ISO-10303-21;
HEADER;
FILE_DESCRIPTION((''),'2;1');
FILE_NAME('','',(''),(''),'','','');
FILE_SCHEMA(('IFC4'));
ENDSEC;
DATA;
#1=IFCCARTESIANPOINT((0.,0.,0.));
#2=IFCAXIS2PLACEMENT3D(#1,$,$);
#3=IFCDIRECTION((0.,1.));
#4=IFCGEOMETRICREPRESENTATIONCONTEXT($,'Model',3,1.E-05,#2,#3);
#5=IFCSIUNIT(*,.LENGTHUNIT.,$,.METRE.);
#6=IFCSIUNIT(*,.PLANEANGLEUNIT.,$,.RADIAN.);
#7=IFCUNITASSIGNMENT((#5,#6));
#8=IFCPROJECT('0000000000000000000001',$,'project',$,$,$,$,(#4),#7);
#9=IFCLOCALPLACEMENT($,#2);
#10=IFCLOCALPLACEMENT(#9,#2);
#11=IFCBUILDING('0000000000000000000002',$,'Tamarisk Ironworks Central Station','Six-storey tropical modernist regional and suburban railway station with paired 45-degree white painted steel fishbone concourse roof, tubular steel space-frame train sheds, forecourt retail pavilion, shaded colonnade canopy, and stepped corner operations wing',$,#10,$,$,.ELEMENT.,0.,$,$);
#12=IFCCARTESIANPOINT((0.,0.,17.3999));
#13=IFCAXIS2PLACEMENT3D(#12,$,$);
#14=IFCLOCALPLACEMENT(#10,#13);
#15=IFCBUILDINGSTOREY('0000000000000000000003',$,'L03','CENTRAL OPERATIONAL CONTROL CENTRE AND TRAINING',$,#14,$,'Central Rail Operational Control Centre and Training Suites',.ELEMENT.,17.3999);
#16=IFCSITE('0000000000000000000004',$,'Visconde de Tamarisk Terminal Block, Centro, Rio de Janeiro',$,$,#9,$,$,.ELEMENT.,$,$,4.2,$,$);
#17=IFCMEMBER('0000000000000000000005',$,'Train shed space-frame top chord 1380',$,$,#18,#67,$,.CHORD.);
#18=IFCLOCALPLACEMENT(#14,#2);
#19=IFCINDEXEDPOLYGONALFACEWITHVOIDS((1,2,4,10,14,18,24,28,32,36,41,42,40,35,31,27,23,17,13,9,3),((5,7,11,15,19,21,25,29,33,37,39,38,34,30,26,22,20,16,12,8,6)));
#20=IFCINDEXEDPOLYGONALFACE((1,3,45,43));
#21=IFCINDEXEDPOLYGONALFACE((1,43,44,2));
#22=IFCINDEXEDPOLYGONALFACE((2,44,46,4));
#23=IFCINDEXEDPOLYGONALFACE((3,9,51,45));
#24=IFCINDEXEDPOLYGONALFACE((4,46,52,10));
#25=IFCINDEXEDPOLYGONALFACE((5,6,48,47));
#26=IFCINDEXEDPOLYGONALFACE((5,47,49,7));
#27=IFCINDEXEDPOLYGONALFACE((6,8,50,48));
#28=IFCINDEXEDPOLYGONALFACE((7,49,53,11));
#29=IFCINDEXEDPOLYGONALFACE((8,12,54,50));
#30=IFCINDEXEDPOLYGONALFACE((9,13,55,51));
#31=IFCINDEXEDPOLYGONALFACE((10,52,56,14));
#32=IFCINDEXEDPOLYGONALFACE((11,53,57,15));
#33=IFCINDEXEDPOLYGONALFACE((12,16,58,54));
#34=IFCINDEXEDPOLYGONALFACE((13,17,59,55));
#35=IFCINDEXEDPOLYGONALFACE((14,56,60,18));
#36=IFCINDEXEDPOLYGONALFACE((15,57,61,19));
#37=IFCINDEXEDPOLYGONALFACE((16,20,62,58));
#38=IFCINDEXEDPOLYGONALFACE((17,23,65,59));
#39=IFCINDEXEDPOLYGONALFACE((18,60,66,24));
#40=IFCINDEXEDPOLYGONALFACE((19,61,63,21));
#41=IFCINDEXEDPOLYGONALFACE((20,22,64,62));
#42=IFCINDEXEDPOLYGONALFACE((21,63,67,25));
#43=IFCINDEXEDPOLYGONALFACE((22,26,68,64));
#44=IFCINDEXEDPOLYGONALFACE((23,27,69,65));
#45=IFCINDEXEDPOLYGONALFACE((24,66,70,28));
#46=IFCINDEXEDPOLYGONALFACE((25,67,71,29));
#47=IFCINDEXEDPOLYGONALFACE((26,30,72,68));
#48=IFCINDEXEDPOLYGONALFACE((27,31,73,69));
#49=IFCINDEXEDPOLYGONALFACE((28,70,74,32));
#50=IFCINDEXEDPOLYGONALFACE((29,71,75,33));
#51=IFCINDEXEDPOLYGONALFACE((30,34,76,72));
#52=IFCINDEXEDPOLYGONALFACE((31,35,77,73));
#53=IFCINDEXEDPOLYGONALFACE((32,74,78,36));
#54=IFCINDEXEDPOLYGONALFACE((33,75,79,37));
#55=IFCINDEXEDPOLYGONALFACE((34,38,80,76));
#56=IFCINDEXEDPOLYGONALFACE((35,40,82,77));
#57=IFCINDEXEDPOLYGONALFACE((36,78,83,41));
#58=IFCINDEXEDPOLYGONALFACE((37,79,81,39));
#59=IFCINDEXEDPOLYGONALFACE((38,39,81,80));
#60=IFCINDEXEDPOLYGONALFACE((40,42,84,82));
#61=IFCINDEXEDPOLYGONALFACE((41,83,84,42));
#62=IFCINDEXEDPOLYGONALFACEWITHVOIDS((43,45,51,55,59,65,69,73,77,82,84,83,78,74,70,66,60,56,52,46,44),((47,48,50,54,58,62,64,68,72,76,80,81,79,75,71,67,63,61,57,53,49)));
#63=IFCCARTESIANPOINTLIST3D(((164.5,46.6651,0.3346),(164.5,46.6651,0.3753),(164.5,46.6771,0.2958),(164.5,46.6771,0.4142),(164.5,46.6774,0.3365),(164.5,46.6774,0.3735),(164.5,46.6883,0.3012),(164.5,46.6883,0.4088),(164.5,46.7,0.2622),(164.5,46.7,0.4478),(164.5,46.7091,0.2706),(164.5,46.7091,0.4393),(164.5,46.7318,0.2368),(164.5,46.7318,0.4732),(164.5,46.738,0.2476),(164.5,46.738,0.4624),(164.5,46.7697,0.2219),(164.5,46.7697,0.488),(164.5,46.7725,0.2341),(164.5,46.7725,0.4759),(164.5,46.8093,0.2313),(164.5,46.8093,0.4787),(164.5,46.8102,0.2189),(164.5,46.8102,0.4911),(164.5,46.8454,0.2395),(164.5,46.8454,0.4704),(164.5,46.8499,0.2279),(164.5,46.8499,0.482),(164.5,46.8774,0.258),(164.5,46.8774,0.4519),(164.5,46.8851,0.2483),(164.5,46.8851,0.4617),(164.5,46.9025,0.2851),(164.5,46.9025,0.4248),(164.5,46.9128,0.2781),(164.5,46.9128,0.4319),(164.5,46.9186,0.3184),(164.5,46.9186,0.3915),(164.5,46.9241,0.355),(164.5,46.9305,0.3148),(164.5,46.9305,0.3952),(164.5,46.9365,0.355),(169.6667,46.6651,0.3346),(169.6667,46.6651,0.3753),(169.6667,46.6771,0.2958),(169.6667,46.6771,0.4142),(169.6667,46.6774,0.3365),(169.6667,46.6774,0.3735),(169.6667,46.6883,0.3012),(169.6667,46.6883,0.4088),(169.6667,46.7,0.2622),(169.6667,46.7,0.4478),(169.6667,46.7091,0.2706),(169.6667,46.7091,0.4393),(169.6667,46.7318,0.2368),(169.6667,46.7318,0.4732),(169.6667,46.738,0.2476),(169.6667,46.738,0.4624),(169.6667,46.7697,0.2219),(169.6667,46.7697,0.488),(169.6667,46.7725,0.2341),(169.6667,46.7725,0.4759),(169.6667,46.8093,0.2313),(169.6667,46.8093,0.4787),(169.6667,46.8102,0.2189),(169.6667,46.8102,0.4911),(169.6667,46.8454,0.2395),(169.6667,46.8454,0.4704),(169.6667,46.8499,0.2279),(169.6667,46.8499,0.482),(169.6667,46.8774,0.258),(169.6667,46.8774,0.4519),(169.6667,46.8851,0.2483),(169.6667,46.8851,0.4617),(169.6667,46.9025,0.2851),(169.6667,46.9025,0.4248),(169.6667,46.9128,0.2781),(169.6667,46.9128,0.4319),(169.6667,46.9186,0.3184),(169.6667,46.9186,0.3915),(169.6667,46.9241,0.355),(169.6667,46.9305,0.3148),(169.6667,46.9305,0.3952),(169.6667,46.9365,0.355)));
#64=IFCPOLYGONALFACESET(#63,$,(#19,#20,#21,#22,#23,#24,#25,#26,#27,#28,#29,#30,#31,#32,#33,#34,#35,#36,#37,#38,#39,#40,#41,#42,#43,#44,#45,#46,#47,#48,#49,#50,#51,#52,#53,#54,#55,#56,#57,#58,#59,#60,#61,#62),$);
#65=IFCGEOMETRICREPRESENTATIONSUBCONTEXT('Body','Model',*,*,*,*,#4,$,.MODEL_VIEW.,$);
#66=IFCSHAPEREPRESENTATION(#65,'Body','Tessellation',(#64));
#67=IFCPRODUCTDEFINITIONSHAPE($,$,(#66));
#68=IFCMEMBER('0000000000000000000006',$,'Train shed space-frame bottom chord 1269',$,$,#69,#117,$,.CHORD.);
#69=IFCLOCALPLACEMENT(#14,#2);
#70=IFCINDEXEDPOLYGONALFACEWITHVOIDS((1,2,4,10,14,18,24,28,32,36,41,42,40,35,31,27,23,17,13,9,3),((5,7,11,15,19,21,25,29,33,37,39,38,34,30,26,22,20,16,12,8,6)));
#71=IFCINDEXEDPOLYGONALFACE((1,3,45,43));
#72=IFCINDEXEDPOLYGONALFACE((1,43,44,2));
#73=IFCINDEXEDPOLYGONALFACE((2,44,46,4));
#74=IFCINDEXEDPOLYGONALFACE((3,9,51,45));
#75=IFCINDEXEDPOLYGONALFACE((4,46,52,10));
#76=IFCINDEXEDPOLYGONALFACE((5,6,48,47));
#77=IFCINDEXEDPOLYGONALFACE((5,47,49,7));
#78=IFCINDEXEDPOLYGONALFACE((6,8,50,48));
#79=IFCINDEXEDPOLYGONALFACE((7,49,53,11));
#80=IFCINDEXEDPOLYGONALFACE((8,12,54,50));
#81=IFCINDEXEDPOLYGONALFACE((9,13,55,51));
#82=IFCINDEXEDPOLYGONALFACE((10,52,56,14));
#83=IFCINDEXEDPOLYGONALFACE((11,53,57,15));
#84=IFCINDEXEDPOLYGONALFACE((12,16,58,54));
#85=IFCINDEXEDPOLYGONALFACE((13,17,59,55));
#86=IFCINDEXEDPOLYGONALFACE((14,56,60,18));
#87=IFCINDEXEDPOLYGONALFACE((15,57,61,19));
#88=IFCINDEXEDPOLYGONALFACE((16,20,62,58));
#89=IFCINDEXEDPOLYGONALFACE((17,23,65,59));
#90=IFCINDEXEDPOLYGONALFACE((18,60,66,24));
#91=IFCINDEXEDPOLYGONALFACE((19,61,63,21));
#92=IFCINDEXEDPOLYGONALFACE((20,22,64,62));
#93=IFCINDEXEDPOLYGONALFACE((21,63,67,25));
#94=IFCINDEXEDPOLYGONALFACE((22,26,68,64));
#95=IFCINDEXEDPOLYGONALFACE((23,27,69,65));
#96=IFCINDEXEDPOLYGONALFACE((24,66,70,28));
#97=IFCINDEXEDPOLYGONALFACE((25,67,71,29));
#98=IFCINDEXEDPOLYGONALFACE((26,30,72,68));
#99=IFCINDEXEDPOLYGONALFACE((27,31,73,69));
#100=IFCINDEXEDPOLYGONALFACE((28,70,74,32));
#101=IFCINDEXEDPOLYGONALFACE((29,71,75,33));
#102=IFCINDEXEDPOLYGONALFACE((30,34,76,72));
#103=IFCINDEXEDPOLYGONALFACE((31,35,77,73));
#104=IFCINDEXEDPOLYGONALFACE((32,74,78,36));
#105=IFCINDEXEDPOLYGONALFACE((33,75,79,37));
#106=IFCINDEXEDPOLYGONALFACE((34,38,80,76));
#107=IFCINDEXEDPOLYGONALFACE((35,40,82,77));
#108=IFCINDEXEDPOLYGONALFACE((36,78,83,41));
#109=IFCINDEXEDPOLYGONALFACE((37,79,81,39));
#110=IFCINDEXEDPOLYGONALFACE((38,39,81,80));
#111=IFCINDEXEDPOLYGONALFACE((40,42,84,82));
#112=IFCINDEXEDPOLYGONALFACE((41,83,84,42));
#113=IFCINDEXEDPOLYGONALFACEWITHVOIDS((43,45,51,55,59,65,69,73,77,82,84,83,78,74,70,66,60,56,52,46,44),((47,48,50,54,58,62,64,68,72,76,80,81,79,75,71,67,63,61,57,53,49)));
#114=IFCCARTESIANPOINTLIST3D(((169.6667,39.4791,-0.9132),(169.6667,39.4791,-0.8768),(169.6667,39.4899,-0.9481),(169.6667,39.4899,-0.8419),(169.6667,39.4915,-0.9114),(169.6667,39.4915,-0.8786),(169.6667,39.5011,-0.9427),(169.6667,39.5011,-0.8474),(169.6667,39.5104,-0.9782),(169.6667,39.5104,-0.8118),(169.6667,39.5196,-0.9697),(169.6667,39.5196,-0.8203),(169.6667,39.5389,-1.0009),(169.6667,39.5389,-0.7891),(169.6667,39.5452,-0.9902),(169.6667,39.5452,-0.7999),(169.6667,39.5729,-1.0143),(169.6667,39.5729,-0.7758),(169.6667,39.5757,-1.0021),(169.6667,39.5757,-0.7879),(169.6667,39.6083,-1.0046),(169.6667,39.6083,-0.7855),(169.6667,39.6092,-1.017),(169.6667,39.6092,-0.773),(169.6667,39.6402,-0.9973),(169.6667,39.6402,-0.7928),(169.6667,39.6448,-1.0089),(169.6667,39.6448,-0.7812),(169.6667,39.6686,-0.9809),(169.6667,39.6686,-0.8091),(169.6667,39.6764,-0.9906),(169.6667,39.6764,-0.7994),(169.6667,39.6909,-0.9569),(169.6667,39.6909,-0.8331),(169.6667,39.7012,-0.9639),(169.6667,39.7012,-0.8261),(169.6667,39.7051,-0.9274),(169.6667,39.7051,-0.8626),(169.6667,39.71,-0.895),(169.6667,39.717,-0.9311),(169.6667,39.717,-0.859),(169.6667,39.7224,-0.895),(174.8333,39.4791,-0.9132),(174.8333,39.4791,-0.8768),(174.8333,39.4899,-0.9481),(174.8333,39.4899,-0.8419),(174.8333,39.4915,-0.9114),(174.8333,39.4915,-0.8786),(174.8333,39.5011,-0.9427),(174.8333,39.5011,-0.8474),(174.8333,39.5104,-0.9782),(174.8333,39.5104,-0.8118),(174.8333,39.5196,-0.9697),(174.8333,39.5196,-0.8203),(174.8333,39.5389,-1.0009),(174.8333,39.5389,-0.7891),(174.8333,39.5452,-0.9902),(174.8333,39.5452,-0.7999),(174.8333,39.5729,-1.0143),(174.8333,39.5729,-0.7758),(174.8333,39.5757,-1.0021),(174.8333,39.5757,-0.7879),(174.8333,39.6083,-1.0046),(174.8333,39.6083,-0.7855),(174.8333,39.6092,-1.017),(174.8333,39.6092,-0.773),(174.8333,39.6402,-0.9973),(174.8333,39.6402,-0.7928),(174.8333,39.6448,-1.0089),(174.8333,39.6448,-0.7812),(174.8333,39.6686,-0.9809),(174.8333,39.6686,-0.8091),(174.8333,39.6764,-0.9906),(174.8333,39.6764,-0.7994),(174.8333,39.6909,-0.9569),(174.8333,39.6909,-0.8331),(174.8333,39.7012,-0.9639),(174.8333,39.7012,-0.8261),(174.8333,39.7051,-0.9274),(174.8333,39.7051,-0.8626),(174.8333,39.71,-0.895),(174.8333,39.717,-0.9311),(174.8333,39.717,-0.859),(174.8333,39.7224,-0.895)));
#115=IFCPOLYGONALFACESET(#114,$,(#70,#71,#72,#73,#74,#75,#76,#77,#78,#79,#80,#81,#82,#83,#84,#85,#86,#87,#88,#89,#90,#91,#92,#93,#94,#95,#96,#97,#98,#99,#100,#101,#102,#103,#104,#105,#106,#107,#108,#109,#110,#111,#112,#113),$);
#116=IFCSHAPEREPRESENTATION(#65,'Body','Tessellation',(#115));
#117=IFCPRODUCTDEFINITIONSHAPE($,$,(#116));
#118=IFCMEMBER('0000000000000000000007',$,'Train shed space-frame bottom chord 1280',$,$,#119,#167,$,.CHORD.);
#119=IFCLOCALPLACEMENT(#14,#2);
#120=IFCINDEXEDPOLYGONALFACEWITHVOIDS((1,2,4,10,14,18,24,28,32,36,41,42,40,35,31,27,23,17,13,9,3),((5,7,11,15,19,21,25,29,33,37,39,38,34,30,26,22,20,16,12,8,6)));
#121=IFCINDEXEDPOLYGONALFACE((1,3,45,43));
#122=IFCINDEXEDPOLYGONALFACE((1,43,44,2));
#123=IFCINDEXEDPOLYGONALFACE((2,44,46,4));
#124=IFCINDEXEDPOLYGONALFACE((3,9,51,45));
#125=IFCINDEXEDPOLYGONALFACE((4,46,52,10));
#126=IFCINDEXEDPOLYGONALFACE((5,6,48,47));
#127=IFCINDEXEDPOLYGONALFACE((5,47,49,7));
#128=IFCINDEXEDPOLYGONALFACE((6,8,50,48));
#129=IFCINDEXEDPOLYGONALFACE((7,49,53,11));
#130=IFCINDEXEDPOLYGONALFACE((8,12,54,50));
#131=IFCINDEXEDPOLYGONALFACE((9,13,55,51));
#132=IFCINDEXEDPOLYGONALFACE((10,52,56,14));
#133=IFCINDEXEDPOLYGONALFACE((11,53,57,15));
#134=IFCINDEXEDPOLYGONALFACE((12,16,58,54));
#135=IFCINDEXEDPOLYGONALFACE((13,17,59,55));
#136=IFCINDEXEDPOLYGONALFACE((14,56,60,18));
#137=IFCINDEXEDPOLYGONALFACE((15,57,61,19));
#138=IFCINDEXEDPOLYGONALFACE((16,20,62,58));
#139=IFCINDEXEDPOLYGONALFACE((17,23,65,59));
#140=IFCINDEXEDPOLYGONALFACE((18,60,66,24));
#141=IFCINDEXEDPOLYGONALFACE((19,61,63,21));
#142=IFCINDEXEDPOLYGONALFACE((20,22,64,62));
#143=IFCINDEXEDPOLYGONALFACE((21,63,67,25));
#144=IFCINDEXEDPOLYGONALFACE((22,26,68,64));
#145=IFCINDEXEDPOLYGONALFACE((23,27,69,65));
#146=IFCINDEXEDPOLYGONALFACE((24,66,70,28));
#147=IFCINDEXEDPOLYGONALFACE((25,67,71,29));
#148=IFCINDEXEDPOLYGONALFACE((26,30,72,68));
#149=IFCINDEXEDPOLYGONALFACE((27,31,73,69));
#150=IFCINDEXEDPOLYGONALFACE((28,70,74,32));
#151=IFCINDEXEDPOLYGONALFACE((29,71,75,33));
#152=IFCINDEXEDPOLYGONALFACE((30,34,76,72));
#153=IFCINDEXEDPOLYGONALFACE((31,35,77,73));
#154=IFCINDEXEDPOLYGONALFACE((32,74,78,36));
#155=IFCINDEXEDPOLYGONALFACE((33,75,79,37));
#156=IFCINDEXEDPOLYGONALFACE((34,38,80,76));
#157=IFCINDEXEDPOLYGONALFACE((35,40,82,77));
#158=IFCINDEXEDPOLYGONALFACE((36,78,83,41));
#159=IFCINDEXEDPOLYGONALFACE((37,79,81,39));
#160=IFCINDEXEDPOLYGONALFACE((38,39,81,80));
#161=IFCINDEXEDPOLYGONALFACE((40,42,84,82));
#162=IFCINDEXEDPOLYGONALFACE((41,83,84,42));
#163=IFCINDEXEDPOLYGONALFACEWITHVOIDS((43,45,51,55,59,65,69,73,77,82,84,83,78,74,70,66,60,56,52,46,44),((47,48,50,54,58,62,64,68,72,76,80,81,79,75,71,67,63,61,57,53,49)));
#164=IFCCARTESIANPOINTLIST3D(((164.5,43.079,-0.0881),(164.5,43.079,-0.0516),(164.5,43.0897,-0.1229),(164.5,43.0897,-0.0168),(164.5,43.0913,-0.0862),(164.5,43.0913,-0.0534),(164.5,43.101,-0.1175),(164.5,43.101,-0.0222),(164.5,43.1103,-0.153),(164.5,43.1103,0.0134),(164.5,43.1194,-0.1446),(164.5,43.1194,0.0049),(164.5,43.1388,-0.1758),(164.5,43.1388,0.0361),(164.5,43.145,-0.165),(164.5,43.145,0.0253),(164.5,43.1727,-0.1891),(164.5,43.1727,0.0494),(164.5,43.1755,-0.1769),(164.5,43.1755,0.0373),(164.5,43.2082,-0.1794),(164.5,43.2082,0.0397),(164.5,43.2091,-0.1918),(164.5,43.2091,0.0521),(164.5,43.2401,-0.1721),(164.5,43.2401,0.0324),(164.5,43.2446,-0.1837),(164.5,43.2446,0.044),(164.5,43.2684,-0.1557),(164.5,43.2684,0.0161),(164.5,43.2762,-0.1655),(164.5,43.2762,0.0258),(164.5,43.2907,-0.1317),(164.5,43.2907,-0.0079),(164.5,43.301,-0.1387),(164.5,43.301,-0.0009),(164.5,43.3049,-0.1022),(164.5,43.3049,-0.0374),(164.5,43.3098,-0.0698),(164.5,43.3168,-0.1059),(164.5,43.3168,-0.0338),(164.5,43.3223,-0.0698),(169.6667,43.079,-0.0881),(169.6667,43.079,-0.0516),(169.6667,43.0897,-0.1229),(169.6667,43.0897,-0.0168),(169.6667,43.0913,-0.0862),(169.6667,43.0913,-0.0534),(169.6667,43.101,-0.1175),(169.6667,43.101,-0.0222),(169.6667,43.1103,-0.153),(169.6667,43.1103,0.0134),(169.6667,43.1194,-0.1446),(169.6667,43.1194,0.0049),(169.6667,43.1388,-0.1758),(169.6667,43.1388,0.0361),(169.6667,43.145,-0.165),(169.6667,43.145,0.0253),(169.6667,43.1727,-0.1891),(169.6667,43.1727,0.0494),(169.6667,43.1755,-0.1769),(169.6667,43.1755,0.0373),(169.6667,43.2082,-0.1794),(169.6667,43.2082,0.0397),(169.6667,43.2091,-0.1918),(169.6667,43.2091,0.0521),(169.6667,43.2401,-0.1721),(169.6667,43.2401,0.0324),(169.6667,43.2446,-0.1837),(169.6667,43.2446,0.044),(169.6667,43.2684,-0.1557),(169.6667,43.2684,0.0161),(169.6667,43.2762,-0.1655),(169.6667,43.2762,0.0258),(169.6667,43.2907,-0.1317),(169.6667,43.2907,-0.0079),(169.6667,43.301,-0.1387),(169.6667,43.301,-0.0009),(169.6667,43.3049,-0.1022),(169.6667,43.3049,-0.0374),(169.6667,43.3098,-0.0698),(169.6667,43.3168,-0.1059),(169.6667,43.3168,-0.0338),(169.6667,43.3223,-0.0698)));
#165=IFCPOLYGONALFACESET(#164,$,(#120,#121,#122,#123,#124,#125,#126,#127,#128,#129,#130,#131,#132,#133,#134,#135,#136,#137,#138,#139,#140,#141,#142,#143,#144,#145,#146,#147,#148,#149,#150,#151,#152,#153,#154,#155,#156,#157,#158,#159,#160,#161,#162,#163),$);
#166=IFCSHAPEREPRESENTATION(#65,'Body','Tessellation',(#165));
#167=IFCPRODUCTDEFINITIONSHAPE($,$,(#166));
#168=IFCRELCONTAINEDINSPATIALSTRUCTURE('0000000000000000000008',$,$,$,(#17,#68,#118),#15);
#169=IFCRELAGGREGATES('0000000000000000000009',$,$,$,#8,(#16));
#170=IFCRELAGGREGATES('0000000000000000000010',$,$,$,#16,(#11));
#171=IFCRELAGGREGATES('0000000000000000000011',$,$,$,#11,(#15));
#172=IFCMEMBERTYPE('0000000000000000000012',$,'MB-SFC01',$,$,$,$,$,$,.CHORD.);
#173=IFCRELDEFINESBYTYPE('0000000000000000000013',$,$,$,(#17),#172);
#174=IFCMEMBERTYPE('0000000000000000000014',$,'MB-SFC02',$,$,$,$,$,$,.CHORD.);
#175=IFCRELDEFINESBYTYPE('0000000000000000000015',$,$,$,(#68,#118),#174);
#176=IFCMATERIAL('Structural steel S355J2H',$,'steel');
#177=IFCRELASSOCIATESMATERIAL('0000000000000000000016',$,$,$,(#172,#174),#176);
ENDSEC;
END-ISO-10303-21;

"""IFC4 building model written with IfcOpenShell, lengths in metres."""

from ifc_helpers import new_model, si_unit, direction, frame, origin, origin_2d, place, context, subcontext, project, spatial, hollow_circle, extrude, material, material_profile, profile_set, type_object, element, save


model = new_model("IFC4")

# Units and contexts
model_context = context("Model", 3, precision=1e-05, world=origin(), true_north=direction((0.0, 1.0)))
body_context = subcontext(model_context, "Body", "Model", "MODEL_VIEW")
ifc_project = project(units=[si_unit("LENGTHUNIT", "METRE"), si_unit("PLANEANGLEUNIT", "RADIAN")], contexts=[model_context])

# Site, building, storey
site_placement = place(None, origin())
site = spatial("IfcSite", under=ifc_project, at=site_placement, Name="Visconde de Tamarisk Terminal Block, Centro, Rio de Janeiro", CompositionType="ELEMENT", RefElevation=4.2)
building_placement = place(site_placement, origin())
building = spatial("IfcBuilding", under=site, at=building_placement, Name="Tamarisk Ironworks Central Station", Description="Six-storey tropical modernist regional and suburban railway station with paired 45-degree white painted steel fishbone concourse roof, tubular steel space-frame train sheds, forecourt retail pavilion, shaded colonnade canopy, and stepped corner operations wing", CompositionType="ELEMENT", ElevationOfRefHeight=0.0)
storey_placement = place(building_placement, frame((0.0, 0.0, 17.3999)))
storey = spatial("IfcBuildingStorey", under=building, at=storey_placement, Name="L03", Description="CENTRAL OPERATIONAL CONTROL CENTRE AND TRAINING", LongName="Central Rail Operational Control Centre and Training Suites", CompositionType="ELEMENT", Elevation=17.3999)

# Members
ifc_material = material(Name="Structural steel S355J2H", Category="steel")
ifc_material_profile_1 = material_profile(ifc_material, hollow_circle(Radius=0.1365, WallThickness=0.0125, at=origin_2d()), Name="CHS 273x12.5")
ifc_profile_set_1 = profile_set([ifc_material_profile_1], Name="Structural steel S355J2H")
member_type_1 = type_object("IfcMemberType", Name="MB-SFC01", PredefinedType="CHORD", material=ifc_profile_set_1)
member_1_placement = place(storey_placement, frame((164.5, 46.8, 0.355), z_axis=(1.0, 0.0, 0.0), x_axis=(0.0, 1.0, 0.0)))
element("IfcMember", 1, at=member_1_placement, inside=storey, type_object=member_type_1, Name="Train shed space-frame top chord 1380", PredefinedType="CHORD", context=body_context, shape_type="SweptSolid", body=[
    extrude(hollow_circle(Radius=0.1365, WallThickness=0.0125, at=origin_2d()), origin(), (0.0, 0.0, 1.0), 5.1667),
])
ifc_material_profile_2 = material_profile(ifc_material, hollow_circle(Radius=0.1223, WallThickness=0.0125, at=origin_2d()), Name="CHS 244.5x12.5")
ifc_profile_set_2 = profile_set([ifc_material_profile_2], Name="Structural steel S355J2H")
member_type_2 = type_object("IfcMemberType", Name="MB-SFC02", PredefinedType="CHORD", material=ifc_profile_set_2)
member_2_placement = place(storey_placement, frame((169.6667, 39.6001, -0.895), z_axis=(1.0, 0.0, 0.0), x_axis=(0.0, 1.0, 0.0)))
element("IfcMember", 2, at=member_2_placement, inside=storey, type_object=member_type_2, Name="Train shed space-frame bottom chord 1269", PredefinedType="CHORD", context=body_context, shape_type="SweptSolid", body=[
    extrude(hollow_circle(Radius=0.1223, WallThickness=0.0125, at=origin_2d()), origin(), (0.0, 0.0, 1.0), 5.1665),
])
member_3_placement = place(storey_placement, frame((164.5, 43.2, -0.0698), z_axis=(1.0, 0.0, 0.0), x_axis=(0.0, 1.0, 0.0)))
element("IfcMember", 3, at=member_3_placement, inside=storey, type_object=member_type_2, Name="Train shed space-frame bottom chord 1280", PredefinedType="CHORD", context=body_context, shape_type="SweptSolid", body=[
    extrude(hollow_circle(Radius=0.1223, WallThickness=0.0125, at=origin_2d()), origin(), (0.0, 0.0, 1.0), 5.1667),
])

save(model, "model.ifc")
